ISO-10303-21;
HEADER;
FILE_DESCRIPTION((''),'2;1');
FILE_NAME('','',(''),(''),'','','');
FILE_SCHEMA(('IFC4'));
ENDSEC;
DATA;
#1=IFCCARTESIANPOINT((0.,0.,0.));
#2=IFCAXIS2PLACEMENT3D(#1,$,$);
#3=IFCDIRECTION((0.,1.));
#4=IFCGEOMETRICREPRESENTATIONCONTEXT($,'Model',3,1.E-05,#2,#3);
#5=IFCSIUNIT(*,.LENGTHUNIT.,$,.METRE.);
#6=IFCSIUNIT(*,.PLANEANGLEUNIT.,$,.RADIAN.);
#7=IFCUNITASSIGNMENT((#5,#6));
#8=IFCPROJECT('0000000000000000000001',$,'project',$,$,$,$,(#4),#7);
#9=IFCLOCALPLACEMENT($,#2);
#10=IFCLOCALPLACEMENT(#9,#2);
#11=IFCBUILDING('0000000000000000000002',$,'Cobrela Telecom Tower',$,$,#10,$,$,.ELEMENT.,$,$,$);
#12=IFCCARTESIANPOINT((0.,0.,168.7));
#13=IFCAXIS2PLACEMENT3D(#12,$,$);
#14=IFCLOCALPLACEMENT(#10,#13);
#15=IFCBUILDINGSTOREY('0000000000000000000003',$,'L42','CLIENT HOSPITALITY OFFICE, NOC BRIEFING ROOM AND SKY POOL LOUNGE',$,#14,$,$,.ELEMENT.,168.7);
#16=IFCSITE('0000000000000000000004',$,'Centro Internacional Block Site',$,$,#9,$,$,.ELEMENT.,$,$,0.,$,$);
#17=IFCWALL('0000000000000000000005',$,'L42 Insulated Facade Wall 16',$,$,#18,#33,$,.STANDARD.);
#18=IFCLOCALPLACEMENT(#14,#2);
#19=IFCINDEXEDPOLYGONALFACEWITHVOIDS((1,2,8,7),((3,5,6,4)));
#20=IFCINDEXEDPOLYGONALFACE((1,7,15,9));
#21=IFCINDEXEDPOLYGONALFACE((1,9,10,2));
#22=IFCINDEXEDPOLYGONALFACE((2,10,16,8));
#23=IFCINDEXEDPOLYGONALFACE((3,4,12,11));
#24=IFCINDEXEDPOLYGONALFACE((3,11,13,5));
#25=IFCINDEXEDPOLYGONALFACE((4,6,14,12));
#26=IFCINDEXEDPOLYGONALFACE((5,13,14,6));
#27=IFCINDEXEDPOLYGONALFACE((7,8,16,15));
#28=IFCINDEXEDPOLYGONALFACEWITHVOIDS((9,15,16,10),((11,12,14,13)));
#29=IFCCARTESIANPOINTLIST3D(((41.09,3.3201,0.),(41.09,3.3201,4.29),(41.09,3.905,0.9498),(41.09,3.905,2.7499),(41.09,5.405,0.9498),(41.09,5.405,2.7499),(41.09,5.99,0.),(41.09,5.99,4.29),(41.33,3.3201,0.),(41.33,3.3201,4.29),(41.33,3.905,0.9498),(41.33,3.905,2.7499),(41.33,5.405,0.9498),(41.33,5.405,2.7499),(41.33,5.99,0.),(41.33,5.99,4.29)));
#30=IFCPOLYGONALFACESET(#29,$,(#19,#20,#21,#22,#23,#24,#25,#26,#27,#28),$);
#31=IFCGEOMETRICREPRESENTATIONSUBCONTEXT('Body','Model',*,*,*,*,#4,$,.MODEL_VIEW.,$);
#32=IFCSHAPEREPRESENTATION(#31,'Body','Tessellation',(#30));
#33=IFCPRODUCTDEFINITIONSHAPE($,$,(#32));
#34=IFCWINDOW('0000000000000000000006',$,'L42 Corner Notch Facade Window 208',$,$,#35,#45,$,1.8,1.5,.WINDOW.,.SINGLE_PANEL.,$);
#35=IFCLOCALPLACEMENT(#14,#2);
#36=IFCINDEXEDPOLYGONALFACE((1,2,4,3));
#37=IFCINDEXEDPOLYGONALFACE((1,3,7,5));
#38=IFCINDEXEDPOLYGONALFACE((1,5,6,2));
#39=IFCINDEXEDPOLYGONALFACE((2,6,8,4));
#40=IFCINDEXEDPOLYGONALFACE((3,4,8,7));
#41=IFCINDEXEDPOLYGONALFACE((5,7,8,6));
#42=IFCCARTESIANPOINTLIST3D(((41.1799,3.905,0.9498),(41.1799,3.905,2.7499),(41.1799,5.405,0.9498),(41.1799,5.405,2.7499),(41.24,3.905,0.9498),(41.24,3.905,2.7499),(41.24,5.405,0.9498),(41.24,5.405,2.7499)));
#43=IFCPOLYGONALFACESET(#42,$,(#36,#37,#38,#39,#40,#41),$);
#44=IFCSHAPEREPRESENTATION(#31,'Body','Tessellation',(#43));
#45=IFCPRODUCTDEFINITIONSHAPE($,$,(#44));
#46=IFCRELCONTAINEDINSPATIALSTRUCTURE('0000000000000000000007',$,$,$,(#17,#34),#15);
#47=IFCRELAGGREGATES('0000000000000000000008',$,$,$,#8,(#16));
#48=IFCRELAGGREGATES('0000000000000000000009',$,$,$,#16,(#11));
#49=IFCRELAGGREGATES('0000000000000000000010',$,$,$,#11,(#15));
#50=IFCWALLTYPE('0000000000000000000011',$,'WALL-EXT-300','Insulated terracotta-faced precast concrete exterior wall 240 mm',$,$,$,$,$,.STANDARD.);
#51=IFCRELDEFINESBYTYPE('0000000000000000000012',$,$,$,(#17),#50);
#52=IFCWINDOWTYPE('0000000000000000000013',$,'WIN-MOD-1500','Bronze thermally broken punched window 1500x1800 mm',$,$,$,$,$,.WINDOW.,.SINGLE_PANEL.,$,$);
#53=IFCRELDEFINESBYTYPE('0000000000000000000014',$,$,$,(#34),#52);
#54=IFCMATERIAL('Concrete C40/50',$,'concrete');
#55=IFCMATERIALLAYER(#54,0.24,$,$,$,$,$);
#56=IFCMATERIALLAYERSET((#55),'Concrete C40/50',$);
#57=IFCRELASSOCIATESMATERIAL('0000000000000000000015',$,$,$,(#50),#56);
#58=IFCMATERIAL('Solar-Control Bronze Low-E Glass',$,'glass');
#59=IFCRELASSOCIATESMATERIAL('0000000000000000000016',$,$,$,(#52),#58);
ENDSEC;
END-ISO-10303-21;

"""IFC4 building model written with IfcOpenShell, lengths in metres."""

from ifc_helpers import new_model, si_unit, direction, frame, frame_2d, origin, place, context, subcontext, project, spatial, rectangle, extrude, material, layer, layer_set, type_object, element, fill, save


model = new_model("IFC4")

# Units and contexts
model_context = context("Model", 3, precision=1e-05, world=origin(), true_north=direction((0.0, 1.0)))
body_context = subcontext(model_context, "Body", "Model", "MODEL_VIEW")
ifc_project = project(units=[si_unit("LENGTHUNIT", "METRE"), si_unit("PLANEANGLEUNIT", "RADIAN")], contexts=[model_context])

# Site, building, storey
site_placement = place(None, origin())
site = spatial("IfcSite", under=ifc_project, at=site_placement, Name="Centro Internacional Block Site", CompositionType="ELEMENT", RefElevation=0.0)
building_placement = place(site_placement, origin())
building = spatial("IfcBuilding", under=site, at=building_placement, Name="Cobrela Telecom Tower", CompositionType="ELEMENT")
storey_placement = place(building_placement, frame((0.0, 0.0, 168.7)))
storey = spatial("IfcBuildingStorey", under=building, at=storey_placement, Name="L42", Description="CLIENT HOSPITALITY OFFICE, NOC BRIEFING ROOM AND SKY POOL LOUNGE", CompositionType="ELEMENT", Elevation=168.7)

# Wall, opening, window
ifc_material_1 = material(Name="Concrete C40/50", Category="concrete")
ifc_layer_1 = layer(ifc_material_1, 0.24)
ifc_layer_set_1 = layer_set([ifc_layer_1], Name="Concrete C40/50")
wall_type = type_object("IfcWallType", Name="WALL-EXT-300", Description="Insulated terracotta-faced precast concrete exterior wall 240 mm", PredefinedType="STANDARD", material=ifc_layer_set_1)
ifc_material_2 = material(Name="Solar-Control Bronze Low-E Glass", Category="glass")
wall_1_placement = place(storey_placement, frame((41.21, 5.99, 0.0), z_axis=(0.0, 0.0, 1.0), x_axis=(0.0, -1.0, 0.0)))
wall_1 = element("IfcWall", 1, at=wall_1_placement, inside=storey, type_object=wall_type, Name="L42 Insulated Facade Wall 16", PredefinedType="STANDARD", context=body_context, shape_type="SweptSolid", body=[
    extrude(rectangle(XDim=2.6699, YDim=0.24, at=frame_2d((1.335, 0.0))), origin(), (0.0, 0.0, 1.0), 4.29),
])
opening_1_placement = place(wall_1_placement, frame((0.585, 0.0, 0.95)))
opening_1 = element("IfcOpeningElement", 2, at=opening_1_placement, cuts=wall_1, PredefinedType="OPENING", context=body_context, shape_type="SweptSolid", body=[
    extrude(rectangle(XDim=1.5, YDim=1.8, at=frame_2d((0.75, 0.8999))), frame((0.0, 0.1318, 0.0), z_axis=(0.0, -1.0, 0.0), x_axis=(1.0, 0.0, 0.0)), (0.0, 0.0, 1.0), 0.2639),
])
window_type_1 = type_object("IfcWindowType", Name="WIN-MOD-1500", Description="Bronze thermally broken punched window 1500x1800 mm", PartitioningType="SINGLE_PANEL", PredefinedType="WINDOW", material=ifc_material_2)
window_1_placement = place(opening_1_placement, origin())
window_1 = element("IfcWindow", 3, at=window_1_placement, inside=storey, type_object=window_type_1, Name="L42 Corner Notch Facade Window 208", OverallHeight=1.8, OverallWidth=1.5, PartitioningType="SINGLE_PANEL", PredefinedType="WINDOW", context=body_context, shape_type="SweptSolid", body=[
    extrude(rectangle(XDim=1.5, YDim=1.8, at=frame_2d((0.75, 0.8999))), frame((0.0, 0.03, 0.0), z_axis=(0.0, -1.0, 0.0), x_axis=(1.0, 0.0, 0.0)), (0.0, 0.0, 1.0), 0.0601),
])
fill(opening_1, window_1)

save(model, "model.ifc")
